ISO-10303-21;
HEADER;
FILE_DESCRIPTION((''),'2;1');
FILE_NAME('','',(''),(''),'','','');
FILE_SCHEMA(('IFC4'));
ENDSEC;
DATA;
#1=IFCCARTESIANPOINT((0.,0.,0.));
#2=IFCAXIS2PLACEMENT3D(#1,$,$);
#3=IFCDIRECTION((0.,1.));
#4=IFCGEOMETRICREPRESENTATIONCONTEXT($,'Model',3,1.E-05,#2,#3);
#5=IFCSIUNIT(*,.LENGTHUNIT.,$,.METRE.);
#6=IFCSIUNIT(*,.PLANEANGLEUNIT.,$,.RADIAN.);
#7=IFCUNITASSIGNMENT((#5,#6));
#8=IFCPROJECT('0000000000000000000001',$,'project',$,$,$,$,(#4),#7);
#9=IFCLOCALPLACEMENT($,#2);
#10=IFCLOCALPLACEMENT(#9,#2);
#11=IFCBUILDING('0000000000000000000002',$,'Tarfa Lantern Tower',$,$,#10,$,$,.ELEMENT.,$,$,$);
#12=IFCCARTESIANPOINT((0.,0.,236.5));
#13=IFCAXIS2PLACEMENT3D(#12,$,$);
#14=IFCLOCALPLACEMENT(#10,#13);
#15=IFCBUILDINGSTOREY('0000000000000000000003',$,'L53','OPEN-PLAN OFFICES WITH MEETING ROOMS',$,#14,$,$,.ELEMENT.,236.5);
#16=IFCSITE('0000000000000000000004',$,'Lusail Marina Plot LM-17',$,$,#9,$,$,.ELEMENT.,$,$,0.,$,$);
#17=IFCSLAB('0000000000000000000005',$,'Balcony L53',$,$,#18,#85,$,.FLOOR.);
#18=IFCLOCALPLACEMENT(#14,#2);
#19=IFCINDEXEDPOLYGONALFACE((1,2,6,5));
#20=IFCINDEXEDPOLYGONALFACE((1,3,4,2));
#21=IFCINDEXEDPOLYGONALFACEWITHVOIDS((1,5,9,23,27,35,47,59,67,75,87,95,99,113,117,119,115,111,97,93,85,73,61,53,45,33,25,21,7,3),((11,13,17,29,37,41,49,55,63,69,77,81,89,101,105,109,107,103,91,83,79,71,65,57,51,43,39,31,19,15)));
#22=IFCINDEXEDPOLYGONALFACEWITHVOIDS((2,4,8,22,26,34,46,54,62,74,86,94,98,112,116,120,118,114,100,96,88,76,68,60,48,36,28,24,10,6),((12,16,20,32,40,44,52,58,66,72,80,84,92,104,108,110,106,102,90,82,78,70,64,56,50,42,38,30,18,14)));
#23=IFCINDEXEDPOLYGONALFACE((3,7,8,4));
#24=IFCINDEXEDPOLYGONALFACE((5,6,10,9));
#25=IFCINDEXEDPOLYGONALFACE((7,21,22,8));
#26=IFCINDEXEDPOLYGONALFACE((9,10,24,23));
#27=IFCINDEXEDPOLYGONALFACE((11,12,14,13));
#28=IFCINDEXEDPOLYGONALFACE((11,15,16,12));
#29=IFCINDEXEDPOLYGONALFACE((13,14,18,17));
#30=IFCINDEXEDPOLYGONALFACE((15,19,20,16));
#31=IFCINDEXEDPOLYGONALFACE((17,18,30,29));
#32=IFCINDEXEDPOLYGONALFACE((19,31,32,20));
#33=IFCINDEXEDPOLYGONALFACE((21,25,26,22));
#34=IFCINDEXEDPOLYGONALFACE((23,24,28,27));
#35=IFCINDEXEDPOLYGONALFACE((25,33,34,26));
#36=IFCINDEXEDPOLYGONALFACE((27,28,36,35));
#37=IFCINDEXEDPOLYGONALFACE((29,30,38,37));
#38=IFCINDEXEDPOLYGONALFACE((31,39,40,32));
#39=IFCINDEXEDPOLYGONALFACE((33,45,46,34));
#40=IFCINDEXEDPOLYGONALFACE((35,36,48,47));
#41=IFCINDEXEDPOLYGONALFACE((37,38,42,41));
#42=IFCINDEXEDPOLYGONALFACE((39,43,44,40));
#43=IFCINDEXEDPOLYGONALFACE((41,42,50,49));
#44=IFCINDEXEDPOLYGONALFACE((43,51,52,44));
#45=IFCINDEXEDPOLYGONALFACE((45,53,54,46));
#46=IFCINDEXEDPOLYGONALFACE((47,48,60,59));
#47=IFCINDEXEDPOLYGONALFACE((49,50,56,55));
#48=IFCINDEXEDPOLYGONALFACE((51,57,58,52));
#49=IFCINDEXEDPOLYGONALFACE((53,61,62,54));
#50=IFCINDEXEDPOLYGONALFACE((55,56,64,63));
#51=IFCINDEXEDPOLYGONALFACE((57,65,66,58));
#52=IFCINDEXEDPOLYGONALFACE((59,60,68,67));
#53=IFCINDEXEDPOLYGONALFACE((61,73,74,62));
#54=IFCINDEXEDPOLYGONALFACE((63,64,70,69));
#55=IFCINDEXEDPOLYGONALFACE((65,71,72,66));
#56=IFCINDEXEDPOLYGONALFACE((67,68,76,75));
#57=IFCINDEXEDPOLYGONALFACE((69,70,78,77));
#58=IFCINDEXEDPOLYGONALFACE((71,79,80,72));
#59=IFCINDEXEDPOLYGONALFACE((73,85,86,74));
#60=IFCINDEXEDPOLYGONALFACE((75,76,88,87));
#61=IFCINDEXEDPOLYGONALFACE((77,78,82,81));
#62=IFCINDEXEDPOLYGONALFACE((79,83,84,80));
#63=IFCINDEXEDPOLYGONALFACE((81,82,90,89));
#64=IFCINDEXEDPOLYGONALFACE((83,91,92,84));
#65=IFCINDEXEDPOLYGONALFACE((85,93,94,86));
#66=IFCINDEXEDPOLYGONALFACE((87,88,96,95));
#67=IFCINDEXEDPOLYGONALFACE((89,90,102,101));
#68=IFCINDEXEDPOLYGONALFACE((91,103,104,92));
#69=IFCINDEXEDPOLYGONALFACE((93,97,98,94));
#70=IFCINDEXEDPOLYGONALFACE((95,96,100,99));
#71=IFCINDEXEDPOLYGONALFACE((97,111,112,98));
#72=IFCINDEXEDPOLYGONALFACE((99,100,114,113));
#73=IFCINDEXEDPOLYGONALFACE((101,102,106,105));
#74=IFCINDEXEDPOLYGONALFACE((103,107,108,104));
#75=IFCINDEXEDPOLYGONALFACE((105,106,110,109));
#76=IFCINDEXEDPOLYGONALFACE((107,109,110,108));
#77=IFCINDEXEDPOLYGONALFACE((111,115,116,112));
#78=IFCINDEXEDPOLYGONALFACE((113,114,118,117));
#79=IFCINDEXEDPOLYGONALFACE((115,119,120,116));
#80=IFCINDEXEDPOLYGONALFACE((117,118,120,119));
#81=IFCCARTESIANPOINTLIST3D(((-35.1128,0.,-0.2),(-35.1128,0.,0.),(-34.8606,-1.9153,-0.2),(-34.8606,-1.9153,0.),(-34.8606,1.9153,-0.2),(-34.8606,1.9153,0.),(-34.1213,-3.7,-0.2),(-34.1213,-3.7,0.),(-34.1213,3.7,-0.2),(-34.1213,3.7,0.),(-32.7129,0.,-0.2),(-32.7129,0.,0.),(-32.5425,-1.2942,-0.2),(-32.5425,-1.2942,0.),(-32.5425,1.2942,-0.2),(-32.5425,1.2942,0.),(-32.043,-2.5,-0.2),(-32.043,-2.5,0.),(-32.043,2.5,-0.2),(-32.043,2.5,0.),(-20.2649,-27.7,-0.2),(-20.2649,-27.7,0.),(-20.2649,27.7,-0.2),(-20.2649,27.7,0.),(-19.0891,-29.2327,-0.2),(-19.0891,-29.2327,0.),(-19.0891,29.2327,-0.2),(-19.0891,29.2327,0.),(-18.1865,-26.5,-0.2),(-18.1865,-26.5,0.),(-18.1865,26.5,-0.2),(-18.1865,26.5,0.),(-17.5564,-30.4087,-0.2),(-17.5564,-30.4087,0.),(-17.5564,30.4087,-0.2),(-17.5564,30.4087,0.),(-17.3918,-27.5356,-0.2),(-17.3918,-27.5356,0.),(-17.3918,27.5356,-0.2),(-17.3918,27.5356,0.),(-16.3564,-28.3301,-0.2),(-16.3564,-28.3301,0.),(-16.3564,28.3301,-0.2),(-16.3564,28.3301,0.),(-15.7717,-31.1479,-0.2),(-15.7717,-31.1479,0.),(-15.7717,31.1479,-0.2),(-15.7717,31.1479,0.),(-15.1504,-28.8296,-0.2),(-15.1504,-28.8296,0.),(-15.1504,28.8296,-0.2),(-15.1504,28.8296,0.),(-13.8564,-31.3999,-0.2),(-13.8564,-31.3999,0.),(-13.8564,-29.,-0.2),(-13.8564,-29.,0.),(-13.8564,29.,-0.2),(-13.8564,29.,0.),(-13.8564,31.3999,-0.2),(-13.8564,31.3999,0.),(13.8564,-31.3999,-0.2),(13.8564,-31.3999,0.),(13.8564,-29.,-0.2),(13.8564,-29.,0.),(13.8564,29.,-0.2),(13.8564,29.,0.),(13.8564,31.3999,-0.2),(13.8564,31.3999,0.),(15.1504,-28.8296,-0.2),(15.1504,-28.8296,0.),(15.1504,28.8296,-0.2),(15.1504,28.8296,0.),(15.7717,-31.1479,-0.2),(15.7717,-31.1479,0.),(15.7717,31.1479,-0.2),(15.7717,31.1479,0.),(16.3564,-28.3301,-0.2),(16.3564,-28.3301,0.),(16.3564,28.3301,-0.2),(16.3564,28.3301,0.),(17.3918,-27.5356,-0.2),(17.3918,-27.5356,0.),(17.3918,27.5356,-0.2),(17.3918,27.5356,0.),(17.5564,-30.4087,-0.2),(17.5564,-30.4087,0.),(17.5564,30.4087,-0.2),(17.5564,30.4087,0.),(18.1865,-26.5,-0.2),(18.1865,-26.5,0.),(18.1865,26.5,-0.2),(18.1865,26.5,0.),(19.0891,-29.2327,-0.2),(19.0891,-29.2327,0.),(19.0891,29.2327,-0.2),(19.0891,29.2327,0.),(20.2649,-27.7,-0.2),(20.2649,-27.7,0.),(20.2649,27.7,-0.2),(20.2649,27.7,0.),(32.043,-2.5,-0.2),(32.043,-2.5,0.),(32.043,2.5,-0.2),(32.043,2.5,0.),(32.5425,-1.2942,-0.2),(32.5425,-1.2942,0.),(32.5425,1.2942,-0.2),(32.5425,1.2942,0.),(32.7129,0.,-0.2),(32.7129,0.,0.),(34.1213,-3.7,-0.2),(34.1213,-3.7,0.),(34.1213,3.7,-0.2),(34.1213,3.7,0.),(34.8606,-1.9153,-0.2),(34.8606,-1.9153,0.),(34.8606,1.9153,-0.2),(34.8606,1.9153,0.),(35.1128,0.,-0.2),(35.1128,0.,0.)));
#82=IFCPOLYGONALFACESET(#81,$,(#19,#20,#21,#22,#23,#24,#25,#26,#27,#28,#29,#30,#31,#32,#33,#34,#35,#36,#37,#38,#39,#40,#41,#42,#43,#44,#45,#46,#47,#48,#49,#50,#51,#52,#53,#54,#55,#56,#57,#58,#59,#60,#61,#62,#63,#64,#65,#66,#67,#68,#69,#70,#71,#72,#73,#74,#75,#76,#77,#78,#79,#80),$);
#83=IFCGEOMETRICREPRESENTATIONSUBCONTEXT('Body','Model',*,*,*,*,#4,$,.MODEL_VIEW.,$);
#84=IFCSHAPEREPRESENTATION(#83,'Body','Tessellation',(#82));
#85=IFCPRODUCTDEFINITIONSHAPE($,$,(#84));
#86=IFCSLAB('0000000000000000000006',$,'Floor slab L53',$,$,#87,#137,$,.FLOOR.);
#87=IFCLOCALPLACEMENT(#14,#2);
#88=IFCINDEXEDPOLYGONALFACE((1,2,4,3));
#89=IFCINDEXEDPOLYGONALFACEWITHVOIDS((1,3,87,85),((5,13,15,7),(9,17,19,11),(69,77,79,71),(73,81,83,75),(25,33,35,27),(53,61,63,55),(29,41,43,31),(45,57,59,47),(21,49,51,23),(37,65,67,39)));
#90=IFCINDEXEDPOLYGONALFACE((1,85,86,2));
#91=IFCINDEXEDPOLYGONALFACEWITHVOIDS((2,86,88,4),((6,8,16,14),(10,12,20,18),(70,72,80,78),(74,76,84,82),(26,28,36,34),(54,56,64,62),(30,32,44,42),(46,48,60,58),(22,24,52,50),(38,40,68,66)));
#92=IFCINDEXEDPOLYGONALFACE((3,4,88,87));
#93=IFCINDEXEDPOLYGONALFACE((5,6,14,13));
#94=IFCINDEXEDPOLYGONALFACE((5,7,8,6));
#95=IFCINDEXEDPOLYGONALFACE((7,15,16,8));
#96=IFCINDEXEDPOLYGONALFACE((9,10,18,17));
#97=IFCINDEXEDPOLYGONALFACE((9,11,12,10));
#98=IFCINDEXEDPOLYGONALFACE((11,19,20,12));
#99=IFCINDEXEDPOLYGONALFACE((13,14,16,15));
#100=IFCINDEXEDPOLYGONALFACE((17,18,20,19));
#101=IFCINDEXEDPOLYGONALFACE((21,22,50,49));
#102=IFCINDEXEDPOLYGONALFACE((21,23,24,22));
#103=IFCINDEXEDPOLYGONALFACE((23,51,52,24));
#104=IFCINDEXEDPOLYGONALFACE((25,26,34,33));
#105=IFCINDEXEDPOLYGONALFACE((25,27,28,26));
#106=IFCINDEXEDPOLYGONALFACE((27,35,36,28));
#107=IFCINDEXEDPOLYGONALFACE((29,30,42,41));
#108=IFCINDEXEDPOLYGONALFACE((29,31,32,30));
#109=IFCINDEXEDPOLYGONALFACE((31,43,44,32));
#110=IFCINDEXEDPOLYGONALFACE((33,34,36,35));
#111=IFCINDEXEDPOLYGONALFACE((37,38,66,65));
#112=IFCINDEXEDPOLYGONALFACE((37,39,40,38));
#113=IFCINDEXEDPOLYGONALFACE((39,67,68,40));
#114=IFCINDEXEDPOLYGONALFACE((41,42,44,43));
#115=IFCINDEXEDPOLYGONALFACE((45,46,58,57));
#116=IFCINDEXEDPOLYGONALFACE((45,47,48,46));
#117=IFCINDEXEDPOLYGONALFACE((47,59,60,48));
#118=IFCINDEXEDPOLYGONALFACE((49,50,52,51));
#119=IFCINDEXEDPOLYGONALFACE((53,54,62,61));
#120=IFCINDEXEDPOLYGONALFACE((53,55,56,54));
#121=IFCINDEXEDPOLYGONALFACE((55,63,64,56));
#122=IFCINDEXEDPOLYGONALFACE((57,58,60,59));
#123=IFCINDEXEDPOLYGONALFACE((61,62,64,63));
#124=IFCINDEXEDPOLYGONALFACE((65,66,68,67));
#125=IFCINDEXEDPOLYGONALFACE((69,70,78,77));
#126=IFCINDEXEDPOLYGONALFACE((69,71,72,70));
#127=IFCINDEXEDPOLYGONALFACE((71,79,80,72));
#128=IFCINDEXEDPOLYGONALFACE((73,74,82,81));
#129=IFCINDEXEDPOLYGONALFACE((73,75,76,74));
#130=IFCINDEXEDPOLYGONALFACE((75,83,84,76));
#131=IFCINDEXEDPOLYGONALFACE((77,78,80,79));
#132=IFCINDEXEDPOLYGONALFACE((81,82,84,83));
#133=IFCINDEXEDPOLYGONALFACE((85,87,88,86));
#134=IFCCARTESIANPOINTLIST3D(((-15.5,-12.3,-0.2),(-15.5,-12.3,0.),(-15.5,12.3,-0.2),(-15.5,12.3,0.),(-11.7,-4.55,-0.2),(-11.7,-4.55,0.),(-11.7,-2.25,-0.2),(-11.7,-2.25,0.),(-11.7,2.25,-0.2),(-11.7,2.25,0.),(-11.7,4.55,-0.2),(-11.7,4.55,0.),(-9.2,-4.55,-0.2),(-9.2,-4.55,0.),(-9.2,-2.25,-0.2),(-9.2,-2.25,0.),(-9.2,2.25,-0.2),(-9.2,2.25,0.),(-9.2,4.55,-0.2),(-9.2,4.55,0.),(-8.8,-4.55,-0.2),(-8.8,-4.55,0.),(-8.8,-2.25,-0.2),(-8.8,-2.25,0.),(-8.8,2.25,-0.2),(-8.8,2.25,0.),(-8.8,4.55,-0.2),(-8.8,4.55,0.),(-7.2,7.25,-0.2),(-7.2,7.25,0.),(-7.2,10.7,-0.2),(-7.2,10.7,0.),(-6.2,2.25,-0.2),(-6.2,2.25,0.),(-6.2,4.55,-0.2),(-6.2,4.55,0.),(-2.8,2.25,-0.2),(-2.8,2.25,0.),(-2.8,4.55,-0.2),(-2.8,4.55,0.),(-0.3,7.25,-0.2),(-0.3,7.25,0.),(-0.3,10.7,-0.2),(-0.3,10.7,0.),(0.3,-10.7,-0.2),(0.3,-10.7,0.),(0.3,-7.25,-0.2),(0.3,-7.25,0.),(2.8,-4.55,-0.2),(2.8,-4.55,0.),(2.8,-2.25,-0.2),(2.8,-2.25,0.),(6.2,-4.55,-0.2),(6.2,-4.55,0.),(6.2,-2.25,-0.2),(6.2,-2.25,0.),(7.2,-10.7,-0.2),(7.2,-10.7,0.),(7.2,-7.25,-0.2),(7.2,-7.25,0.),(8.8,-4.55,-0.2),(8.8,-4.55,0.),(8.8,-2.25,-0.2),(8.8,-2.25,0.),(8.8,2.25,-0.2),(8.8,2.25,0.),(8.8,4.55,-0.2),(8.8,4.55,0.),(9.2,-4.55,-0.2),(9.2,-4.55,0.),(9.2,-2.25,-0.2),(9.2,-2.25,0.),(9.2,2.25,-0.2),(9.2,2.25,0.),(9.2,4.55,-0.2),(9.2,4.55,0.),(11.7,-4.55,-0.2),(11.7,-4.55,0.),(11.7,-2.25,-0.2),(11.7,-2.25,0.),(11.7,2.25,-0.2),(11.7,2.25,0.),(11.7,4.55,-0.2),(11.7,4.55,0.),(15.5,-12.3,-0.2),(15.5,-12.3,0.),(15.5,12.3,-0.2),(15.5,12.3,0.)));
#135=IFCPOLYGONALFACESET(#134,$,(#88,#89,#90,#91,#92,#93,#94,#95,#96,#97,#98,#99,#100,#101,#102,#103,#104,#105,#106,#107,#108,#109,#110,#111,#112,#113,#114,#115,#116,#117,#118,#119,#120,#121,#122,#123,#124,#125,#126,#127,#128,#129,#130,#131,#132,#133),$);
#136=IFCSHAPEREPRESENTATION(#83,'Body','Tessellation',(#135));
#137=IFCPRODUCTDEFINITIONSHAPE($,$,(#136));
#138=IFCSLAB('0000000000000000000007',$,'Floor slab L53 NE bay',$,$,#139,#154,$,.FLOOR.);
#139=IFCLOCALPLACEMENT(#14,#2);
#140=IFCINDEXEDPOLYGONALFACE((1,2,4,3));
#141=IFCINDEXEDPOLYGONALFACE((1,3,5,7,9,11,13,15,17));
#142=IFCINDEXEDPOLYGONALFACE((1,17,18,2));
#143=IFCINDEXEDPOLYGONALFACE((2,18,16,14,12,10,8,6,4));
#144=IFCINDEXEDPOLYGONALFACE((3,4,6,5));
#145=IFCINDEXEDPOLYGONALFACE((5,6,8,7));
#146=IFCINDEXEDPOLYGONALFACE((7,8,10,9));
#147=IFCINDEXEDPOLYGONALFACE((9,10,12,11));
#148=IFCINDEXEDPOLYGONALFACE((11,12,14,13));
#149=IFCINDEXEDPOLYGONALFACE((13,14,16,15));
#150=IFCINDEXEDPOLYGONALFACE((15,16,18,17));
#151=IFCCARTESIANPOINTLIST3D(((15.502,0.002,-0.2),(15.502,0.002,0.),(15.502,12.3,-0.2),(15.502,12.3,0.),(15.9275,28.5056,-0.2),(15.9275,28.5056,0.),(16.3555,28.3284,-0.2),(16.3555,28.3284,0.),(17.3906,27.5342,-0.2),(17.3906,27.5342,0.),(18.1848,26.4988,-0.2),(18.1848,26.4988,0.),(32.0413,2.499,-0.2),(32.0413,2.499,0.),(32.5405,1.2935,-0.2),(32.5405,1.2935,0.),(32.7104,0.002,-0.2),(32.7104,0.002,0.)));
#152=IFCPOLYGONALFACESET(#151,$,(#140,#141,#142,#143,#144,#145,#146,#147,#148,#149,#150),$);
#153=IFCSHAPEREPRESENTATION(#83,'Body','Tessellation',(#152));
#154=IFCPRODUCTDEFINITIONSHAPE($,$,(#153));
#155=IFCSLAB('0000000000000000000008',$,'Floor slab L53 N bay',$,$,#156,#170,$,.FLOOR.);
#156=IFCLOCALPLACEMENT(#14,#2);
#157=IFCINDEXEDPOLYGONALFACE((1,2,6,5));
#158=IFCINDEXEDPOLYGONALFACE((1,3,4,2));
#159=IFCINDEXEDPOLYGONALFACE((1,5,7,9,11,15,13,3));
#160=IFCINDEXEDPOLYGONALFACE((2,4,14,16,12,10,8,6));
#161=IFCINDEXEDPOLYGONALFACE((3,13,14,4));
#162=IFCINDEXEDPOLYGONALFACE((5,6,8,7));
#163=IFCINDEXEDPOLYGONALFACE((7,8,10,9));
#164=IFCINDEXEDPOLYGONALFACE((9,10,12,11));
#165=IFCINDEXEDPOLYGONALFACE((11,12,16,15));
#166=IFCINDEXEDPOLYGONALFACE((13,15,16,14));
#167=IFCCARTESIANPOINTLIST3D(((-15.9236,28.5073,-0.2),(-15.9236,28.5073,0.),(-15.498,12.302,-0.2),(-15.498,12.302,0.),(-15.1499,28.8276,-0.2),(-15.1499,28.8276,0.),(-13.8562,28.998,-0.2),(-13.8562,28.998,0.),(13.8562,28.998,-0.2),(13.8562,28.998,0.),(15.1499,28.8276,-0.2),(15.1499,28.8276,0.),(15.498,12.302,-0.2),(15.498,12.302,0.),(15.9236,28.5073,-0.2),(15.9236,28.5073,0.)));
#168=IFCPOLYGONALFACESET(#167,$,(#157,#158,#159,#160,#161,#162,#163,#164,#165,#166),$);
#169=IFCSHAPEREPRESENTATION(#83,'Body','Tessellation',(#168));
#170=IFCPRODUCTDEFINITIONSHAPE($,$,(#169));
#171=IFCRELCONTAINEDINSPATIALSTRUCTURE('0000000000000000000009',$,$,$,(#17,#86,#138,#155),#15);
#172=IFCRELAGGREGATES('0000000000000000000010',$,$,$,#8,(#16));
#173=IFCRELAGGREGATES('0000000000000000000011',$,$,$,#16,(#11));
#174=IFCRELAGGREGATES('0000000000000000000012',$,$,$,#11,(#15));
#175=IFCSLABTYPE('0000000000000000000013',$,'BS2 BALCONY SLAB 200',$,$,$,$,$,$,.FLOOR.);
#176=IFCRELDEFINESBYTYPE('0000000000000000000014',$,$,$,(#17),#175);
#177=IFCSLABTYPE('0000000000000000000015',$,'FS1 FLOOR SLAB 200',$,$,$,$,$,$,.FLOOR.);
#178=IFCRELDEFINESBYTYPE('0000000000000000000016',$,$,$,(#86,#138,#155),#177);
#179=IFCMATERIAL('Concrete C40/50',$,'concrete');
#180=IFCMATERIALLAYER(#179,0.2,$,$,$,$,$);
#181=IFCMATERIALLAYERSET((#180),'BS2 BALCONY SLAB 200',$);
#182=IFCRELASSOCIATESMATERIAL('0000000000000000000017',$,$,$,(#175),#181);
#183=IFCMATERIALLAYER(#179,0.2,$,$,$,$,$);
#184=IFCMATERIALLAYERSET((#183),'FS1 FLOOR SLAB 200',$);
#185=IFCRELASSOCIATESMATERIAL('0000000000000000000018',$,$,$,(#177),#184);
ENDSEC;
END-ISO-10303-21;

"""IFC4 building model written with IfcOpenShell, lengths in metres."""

from ifc_helpers import new_model, si_unit, direction, frame, origin, place, context, subcontext, project, spatial, polyline, outline, extrude, material, layer, layer_set, type_object, element, save


model = new_model("IFC4")

# Units and contexts
model_context = context("Model", 3, precision=1e-05, world=origin(), true_north=direction((0.0, 1.0)))
body_context = subcontext(model_context, "Body", "Model", "MODEL_VIEW")
ifc_project = project(units=[si_unit("LENGTHUNIT", "METRE"), si_unit("PLANEANGLEUNIT", "RADIAN")], contexts=[model_context])

# Site, building, storey
site_placement = place(None, origin())
site = spatial("IfcSite", under=ifc_project, at=site_placement, Name="Lusail Marina Plot LM-17", CompositionType="ELEMENT", RefElevation=0.0)
building_placement = place(site_placement, origin())
building = spatial("IfcBuilding", under=site, at=building_placement, Name="Tarfa Lantern Tower", CompositionType="ELEMENT")
storey_placement = place(building_placement, frame((0.0, 0.0, 236.5)))
storey = spatial("IfcBuildingStorey", under=building, at=storey_placement, Name="L53", Description="OPEN-PLAN OFFICES WITH MEETING ROOMS", CompositionType="ELEMENT", Elevation=236.5)

# Slabs
ifc_material_1 = material(Name="Concrete C40/50", Category="concrete")
ifc_layer_1 = layer(ifc_material_1, 0.2)
ifc_layer_set_1 = layer_set([ifc_layer_1], Name="BS2 BALCONY SLAB 200")
slab_type_1 = type_object("IfcSlabType", Name="BS2 BALCONY SLAB 200", PredefinedType="FLOOR", material=ifc_layer_set_1)
slab_1_placement = place(storey_placement, frame((0.0, 0.0, -0.2)))
element("IfcSlab", 1, at=slab_1_placement, inside=storey, type_object=slab_type_1, Name="Balcony L53", PredefinedType="FLOOR", context=body_context, shape_type="SweptSolid", body=[
    extrude(outline(polyline([(34.1213, 3.7), (20.2649, 27.7), (19.0891, 29.2327), (17.5564, 30.4087), (15.7717, 31.1479), (13.8564, 31.3999), (-13.8564, 31.3999), (-15.7717, 31.1479), (-17.5564, 30.4087), (-19.0891, 29.2327), (-20.2649, 27.7), (-34.1213, 3.7), (-34.8606, 1.9153), (-35.1128, 0.0), (-34.8606, -1.9153), (-34.1213, -3.7), (-20.2649, -27.7), (-19.0891, -29.2327), (-17.5564, -30.4087), (-15.7717, -31.1479), (-13.8564, -31.3999), (13.8564, -31.3999), (15.7717, -31.1479), (17.5564, -30.4087), (19.0891, -29.2327), (20.2649, -27.7), (34.1213, -3.7), (34.8606, -1.9153), (35.1128, 0.0), (34.8606, 1.9153), (34.1213, 3.7)]), holes=[polyline([(32.043, 2.5), (18.1865, 26.5), (17.3918, 27.5356), (16.3564, 28.3301), (15.1504, 28.8296), (13.8564, 29.0), (-13.8564, 29.0), (-15.1504, 28.8296), (-16.3564, 28.3301), (-17.3918, 27.5356), (-18.1865, 26.5), (-32.043, 2.5), (-32.5425, 1.2942), (-32.7129, 0.0), (-32.5425, -1.2942), (-32.043, -2.5), (-18.1865, -26.5), (-17.3918, -27.5356), (-16.3564, -28.3301), (-15.1504, -28.8296), (-13.8564, -29.0), (13.8564, -29.0), (15.1504, -28.8296), (16.3564, -28.3301), (17.3918, -27.5356), (18.1865, -26.5), (32.043, -2.5), (32.5425, -1.2942), (32.7129, 0.0), (32.5425, 1.2942), (32.043, 2.5)])]), origin(), (0.0, 0.0, 1.0), 0.2),
])
ifc_layer_2 = layer(ifc_material_1, 0.2)
ifc_layer_set_2 = layer_set([ifc_layer_2], Name="FS1 FLOOR SLAB 200")
slab_type_2 = type_object("IfcSlabType", Name="FS1 FLOOR SLAB 200", PredefinedType="FLOOR", material=ifc_layer_set_2)
slab_2_placement = place(storey_placement, frame((0.0, 0.0, -0.2)))
element("IfcSlab", 2, at=slab_2_placement, inside=storey, type_object=slab_type_2, Name="Floor slab L53", PredefinedType="FLOOR", context=body_context, shape_type="SweptSolid", body=[
    extrude(outline(polyline([(-15.5, -12.3), (15.5, -12.3), (15.5, 12.3), (-15.5, 12.3), (-15.5, -12.3)]), holes=[polyline([(-11.7, 2.25), (-9.2, 2.25), (-9.2, 4.55), (-11.7, 4.55), (-11.7, 2.25)]), polyline([(-8.8, 2.25), (-6.2, 2.25), (-6.2, 4.55), (-8.8, 4.55), (-8.8, 2.25)]), polyline([(-2.8, 2.25), (8.8, 2.25), (8.8, 4.55), (-2.8, 4.55), (-2.8, 2.25)]), polyline([(9.2, 2.25), (11.7, 2.25), (11.7, 4.55), (9.2, 4.55), (9.2, 2.25)]), polyline([(11.7, -2.25), (9.2, -2.25), (9.2, -4.55), (11.7, -4.55), (11.7, -2.25)]), polyline([(8.8, -2.25), (6.2, -2.25), (6.2, -4.55), (8.8, -4.55), (8.8, -2.25)]), polyline([(2.8, -2.25), (-8.8, -2.25), (-8.8, -4.55), (2.8, -4.55), (2.8, -2.25)]), polyline([(-9.2, -2.25), (-11.7, -2.25), (-11.7, -4.55), (-9.2, -4.55), (-9.2, -2.25)]), polyline([(-7.2, 7.25), (-0.3, 7.25), (-0.3, 10.7), (-7.2, 10.7), (-7.2, 7.25)]), polyline([(7.2, -7.25), (0.3, -7.25), (0.3, -10.7), (7.2, -10.7), (7.2, -7.25)])]), origin(), (0.0, 0.0, 1.0), 0.2),
])
slab_3_placement = place(storey_placement, frame((0.0, 0.0, -0.2)))
element("IfcSlab", 3, at=slab_3_placement, inside=storey, type_object=slab_type_2, Name="Floor slab L53 NE bay", PredefinedType="FLOOR", context=body_context, shape_type="SweptSolid", body=[
    extrude(outline(polyline([(32.0413, 2.499), (18.1848, 26.4988), (17.3906, 27.5342), (16.3555, 28.3284), (15.9275, 28.5056), (15.502, 12.3), (15.502, 0.002), (32.7104, 0.002), (32.5405, 1.2935), (32.0413, 2.499)])), origin(), (0.0, 0.0, 1.0), 0.2),
])
slab_4_placement = place(storey_placement, frame((0.0, 0.0, -0.2)))
element("IfcSlab", 4, at=slab_4_placement, inside=storey, type_object=slab_type_2, Name="Floor slab L53 N bay", PredefinedType="FLOOR", context=body_context, shape_type="SweptSolid", body=[
    extrude(outline(polyline([(-15.498, 12.302), (15.498, 12.302), (15.9236, 28.5073), (15.1499, 28.8276), (13.8562, 28.998), (-13.8562, 28.998), (-15.1499, 28.8276), (-15.9236, 28.5073), (-15.498, 12.302)])), origin(), (0.0, 0.0, 1.0), 0.2),
])

save(model, "model.ifc")
